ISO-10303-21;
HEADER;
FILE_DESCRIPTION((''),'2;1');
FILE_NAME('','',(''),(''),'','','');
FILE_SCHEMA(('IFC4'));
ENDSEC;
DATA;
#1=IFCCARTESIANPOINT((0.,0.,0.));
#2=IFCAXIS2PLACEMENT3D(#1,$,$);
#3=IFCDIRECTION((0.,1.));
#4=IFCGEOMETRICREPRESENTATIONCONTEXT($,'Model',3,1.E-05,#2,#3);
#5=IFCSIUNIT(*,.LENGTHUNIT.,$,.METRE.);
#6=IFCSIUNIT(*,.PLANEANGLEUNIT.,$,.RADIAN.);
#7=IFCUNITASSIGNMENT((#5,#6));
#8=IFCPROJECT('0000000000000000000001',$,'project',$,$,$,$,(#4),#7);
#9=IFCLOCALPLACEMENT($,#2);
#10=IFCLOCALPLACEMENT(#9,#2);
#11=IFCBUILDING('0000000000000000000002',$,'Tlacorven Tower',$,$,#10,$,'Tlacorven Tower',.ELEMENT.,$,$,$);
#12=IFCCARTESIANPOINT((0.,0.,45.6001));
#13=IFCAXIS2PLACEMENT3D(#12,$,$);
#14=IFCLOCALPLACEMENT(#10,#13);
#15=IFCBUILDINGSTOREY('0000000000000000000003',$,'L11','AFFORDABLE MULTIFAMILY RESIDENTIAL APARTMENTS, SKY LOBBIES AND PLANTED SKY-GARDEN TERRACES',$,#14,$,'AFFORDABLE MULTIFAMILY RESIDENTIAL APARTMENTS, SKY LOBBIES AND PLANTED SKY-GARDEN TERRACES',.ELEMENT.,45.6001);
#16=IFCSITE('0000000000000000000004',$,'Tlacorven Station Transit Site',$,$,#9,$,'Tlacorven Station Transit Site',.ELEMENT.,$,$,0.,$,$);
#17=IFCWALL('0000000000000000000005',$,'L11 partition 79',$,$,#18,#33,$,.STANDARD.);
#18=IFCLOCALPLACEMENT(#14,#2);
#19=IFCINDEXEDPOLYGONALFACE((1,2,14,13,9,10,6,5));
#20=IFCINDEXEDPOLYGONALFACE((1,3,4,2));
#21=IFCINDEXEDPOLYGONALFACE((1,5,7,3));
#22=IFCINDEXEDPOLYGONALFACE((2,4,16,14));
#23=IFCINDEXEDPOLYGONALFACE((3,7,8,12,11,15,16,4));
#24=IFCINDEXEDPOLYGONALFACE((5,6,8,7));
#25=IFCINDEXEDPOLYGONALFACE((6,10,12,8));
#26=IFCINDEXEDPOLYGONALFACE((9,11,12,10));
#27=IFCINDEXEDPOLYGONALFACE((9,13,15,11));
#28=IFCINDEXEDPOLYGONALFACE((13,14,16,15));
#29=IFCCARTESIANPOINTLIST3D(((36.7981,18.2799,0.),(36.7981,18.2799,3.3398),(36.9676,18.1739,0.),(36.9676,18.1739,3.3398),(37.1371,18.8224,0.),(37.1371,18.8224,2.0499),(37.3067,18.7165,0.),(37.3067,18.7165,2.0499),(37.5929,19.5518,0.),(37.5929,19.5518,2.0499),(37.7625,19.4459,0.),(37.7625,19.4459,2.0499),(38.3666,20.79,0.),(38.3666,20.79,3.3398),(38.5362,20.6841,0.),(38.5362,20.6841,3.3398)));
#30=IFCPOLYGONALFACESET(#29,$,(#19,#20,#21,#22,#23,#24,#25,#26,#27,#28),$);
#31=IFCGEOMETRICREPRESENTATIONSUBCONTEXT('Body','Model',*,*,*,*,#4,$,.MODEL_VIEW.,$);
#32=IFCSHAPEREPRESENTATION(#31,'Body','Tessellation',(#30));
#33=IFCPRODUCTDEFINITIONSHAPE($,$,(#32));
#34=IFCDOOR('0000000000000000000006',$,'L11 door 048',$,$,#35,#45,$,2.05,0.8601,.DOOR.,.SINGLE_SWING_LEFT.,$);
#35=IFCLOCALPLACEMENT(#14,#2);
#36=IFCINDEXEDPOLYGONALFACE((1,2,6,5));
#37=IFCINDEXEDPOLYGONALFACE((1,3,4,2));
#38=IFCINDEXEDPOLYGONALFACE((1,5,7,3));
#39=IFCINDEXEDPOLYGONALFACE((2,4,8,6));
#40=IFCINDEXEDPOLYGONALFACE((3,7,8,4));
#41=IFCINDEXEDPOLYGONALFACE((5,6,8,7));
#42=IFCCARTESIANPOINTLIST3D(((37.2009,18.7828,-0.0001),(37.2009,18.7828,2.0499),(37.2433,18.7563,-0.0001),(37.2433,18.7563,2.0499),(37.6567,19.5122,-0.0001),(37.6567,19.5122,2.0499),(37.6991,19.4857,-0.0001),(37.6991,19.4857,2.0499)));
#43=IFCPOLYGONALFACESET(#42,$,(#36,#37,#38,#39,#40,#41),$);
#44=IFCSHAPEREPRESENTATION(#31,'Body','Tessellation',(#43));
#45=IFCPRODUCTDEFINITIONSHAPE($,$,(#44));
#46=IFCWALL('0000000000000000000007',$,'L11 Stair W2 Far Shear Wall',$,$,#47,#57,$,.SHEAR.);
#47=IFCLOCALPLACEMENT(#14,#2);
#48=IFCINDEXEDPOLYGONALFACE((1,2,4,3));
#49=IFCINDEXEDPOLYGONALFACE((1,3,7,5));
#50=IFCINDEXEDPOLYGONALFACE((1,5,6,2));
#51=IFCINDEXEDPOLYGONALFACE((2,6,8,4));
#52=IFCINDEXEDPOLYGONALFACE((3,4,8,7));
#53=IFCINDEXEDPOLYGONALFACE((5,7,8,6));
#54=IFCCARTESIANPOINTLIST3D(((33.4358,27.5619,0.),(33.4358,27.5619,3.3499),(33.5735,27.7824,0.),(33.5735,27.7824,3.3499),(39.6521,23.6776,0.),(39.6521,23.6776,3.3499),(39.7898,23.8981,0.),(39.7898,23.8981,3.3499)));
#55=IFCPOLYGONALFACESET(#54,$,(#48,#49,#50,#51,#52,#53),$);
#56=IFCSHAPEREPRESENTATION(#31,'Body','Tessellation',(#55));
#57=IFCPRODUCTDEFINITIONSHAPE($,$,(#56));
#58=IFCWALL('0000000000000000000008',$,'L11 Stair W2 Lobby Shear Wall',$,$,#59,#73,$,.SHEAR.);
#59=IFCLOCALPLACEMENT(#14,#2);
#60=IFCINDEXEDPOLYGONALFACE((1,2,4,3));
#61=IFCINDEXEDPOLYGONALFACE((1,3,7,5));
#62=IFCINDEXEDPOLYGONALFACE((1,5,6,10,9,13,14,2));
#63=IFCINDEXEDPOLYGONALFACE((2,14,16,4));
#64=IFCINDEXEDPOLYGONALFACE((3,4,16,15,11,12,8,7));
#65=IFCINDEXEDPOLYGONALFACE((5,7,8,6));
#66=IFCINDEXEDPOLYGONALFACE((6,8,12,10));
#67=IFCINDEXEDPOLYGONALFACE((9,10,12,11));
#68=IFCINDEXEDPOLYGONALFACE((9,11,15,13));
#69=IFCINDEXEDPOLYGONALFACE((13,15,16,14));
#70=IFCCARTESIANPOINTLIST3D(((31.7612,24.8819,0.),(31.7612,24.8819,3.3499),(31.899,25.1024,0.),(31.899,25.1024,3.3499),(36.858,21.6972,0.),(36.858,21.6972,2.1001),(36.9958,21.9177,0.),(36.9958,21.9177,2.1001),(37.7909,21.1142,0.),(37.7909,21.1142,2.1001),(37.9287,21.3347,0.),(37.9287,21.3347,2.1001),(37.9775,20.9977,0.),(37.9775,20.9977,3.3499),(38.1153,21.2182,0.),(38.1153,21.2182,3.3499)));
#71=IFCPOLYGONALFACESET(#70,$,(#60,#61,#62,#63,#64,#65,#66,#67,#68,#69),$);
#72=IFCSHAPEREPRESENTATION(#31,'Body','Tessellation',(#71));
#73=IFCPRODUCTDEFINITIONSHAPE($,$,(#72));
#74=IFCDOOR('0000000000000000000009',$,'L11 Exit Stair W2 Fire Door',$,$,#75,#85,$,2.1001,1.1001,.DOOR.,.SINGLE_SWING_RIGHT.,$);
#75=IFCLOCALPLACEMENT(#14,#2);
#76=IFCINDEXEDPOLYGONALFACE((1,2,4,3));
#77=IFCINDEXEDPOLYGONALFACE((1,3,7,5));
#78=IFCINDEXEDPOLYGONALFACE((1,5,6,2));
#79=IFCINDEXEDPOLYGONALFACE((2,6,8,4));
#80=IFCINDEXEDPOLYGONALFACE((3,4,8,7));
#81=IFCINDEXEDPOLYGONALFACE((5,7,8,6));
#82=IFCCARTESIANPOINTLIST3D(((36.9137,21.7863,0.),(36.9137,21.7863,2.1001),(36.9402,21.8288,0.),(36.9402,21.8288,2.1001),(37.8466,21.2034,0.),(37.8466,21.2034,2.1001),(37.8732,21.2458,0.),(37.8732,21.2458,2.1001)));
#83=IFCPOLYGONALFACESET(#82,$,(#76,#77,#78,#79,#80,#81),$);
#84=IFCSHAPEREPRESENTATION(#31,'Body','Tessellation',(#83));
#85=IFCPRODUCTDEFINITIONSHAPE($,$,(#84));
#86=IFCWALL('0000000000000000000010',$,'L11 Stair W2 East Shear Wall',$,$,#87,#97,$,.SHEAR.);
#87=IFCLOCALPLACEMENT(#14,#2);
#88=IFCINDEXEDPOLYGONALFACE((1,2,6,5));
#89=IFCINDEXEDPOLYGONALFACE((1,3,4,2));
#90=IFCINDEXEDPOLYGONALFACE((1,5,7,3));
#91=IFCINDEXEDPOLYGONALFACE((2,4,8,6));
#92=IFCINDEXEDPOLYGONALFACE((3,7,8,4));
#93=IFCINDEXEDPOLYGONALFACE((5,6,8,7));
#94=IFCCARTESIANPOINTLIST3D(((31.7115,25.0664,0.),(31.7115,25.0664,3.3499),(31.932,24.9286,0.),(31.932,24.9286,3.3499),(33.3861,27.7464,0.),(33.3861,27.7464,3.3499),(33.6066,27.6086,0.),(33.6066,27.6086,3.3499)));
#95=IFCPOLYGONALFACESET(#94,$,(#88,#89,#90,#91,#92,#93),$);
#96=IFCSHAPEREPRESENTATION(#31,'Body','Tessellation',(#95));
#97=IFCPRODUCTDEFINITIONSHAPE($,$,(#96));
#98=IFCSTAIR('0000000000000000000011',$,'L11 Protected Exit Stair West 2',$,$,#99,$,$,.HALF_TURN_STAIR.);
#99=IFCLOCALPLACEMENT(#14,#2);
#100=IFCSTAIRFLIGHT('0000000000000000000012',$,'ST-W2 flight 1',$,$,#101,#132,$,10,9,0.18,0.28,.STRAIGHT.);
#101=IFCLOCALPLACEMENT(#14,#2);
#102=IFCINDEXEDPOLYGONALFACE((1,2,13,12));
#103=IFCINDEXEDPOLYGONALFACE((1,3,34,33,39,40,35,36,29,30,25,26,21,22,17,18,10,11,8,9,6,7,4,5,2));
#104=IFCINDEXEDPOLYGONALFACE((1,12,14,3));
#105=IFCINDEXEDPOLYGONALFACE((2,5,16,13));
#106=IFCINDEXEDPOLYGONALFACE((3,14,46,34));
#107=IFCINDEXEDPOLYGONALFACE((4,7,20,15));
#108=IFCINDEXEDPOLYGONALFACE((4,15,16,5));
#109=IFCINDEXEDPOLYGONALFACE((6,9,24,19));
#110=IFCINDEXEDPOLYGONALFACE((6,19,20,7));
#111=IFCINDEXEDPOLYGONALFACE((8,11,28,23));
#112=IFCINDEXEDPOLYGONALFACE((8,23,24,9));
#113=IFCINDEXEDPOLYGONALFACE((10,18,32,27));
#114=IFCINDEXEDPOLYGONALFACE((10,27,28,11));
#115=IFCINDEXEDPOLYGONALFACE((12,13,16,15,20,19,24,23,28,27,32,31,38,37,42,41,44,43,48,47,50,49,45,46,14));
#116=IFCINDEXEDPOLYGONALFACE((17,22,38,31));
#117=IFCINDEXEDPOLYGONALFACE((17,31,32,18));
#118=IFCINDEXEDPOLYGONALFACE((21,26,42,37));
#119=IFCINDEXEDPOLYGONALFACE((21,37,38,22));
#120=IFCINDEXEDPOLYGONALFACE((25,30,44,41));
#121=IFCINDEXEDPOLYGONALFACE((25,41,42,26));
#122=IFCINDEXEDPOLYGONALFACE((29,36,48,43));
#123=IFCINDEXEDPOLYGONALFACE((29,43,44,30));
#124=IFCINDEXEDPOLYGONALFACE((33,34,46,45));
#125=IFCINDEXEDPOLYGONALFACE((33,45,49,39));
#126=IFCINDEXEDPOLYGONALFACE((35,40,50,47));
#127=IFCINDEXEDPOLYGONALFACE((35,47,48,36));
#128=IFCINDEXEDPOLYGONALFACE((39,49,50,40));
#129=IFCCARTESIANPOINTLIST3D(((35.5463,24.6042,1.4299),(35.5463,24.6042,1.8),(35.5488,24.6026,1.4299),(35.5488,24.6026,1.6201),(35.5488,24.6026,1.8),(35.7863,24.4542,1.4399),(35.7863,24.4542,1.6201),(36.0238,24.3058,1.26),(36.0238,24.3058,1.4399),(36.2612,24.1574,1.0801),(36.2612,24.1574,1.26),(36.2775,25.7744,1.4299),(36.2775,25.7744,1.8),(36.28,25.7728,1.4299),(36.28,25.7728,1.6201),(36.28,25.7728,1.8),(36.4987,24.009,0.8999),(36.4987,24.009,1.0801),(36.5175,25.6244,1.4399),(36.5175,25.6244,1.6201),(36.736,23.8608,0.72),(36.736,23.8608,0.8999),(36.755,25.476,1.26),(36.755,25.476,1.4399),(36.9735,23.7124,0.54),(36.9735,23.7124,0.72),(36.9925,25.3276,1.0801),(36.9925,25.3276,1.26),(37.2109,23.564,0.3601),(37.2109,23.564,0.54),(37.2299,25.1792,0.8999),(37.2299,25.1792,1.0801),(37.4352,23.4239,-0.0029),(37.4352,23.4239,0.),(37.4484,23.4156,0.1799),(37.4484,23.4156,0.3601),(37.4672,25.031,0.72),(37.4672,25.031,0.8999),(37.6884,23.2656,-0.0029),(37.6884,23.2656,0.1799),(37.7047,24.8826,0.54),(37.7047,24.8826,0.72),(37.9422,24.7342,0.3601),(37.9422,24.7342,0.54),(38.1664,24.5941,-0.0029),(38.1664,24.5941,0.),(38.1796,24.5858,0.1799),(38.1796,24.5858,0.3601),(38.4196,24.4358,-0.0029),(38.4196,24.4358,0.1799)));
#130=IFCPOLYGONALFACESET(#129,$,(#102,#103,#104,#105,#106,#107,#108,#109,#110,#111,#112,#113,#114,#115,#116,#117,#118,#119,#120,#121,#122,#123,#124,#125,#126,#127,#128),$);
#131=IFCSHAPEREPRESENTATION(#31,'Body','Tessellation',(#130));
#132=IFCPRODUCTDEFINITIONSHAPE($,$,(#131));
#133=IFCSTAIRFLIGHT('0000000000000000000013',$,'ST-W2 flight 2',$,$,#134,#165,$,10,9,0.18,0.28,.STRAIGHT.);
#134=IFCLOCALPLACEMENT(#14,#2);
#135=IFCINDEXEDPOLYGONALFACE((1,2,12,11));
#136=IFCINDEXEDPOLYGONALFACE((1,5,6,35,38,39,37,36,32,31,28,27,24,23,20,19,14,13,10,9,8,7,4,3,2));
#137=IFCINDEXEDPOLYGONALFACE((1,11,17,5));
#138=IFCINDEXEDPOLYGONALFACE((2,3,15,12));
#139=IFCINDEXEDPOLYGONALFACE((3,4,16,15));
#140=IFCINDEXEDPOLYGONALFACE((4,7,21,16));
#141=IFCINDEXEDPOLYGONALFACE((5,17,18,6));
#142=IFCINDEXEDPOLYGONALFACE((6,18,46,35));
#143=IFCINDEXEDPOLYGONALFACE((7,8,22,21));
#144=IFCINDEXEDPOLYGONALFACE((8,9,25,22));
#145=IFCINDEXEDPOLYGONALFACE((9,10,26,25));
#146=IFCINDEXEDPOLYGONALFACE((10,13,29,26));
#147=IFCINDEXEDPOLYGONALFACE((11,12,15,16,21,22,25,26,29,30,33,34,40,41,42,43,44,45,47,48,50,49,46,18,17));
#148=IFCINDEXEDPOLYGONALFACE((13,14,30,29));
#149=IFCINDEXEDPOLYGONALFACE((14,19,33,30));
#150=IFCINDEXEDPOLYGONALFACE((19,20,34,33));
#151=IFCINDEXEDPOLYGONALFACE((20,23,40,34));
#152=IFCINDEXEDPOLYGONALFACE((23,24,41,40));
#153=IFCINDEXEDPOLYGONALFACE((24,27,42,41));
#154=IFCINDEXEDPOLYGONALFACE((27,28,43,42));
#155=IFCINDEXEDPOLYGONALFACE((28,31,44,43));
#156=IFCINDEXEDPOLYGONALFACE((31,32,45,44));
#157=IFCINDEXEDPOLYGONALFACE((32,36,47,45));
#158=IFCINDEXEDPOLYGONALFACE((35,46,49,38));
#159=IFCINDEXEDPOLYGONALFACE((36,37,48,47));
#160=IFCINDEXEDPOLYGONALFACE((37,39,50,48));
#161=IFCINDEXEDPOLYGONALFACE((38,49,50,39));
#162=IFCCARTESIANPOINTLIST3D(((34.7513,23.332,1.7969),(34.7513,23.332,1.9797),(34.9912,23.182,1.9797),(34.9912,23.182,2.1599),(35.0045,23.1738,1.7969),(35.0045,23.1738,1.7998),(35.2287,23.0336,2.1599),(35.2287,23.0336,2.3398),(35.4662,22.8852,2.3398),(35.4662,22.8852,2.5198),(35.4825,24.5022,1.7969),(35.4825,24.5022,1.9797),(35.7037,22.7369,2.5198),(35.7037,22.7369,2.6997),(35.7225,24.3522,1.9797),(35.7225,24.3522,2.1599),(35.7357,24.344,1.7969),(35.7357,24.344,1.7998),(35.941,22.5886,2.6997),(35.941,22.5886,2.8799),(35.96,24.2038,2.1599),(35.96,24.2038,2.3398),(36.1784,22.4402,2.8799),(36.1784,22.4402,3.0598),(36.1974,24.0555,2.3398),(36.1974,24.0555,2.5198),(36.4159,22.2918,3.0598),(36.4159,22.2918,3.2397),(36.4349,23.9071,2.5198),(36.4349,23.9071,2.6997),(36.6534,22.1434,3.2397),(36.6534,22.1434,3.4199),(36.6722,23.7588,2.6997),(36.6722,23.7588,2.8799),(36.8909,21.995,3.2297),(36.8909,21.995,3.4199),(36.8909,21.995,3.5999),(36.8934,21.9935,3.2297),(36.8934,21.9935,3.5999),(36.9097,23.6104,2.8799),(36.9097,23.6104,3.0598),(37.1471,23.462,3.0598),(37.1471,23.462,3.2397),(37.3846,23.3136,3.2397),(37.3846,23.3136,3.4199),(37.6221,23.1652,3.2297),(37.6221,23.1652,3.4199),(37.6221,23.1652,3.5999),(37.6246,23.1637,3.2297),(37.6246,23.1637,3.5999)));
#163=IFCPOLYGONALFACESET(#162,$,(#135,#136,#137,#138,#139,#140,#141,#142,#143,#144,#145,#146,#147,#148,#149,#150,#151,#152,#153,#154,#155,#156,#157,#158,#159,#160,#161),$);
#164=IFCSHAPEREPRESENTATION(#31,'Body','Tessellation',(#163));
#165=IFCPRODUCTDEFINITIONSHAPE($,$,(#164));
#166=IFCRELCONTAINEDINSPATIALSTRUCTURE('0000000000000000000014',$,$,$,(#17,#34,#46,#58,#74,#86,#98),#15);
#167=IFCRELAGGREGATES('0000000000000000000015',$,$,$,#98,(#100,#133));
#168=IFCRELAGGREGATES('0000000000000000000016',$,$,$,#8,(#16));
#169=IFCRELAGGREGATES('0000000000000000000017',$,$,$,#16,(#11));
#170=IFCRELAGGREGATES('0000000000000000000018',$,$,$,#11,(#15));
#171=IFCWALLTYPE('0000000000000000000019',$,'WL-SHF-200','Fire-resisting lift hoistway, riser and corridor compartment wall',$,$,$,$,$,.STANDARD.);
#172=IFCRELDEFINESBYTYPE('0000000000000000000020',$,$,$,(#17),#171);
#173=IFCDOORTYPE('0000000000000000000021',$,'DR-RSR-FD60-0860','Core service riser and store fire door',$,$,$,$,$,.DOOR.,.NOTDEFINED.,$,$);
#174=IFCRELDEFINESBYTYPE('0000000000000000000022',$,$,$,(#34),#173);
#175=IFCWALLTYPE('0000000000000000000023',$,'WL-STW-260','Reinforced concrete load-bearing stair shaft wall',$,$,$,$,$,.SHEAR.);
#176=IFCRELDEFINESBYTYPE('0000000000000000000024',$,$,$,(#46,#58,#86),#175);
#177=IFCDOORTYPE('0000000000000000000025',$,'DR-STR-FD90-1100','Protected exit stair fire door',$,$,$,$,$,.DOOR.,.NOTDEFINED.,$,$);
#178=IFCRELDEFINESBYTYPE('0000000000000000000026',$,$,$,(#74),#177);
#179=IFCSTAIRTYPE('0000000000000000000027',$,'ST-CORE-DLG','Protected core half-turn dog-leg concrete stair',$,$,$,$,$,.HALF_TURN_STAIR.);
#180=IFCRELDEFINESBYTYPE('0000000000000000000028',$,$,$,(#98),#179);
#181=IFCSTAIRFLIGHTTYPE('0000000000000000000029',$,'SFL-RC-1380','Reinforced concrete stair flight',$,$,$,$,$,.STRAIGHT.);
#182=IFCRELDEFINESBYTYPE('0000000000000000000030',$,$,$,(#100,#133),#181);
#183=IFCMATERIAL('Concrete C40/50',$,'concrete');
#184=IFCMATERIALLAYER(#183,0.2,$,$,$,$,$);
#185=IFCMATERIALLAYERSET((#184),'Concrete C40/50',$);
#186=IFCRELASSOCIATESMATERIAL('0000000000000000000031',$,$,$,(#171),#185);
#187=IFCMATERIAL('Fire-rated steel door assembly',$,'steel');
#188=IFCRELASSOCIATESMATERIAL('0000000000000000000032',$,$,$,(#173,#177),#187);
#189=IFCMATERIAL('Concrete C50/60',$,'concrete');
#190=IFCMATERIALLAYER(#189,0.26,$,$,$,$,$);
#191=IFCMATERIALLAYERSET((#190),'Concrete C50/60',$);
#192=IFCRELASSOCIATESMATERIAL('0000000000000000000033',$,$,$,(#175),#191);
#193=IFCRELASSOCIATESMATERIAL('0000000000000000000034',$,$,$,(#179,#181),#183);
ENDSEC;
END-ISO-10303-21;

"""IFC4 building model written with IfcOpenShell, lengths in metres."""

from ifc_helpers import new_model, si_unit, direction, frame, frame_2d, origin, place, context, subcontext, project, spatial, polyline, rectangle, outline, extrude, source, transform, mapped, material, layer, layer_set, type_object, element, fill, aggregate, save


model = new_model("IFC4")

# Units and contexts
model_context = context("Model", 3, precision=1e-05, world=origin(), true_north=direction((0.0, 1.0)))
body_context = subcontext(model_context, "Body", "Model", "MODEL_VIEW")
ifc_project = project(units=[si_unit("LENGTHUNIT", "METRE"), si_unit("PLANEANGLEUNIT", "RADIAN")], contexts=[model_context])

# Site, building, storey
site_placement = place(None, origin())
site = spatial("IfcSite", under=ifc_project, at=site_placement, Name="Tlacorven Station Transit Site", LongName="Tlacorven Station Transit Site", CompositionType="ELEMENT", RefElevation=0.0)
building_placement = place(site_placement, origin())
building = spatial("IfcBuilding", under=site, at=building_placement, Name="Tlacorven Tower", LongName="Tlacorven Tower", CompositionType="ELEMENT")
storey_placement = place(building_placement, frame((0.0, 0.0, 45.6001)))
storey = spatial("IfcBuildingStorey", under=building, at=storey_placement, Name="L11", Description="AFFORDABLE MULTIFAMILY RESIDENTIAL APARTMENTS, SKY LOBBIES AND PLANTED SKY-GARDEN TERRACES", LongName="AFFORDABLE MULTIFAMILY RESIDENTIAL APARTMENTS, SKY LOBBIES AND PLANTED SKY-GARDEN TERRACES", CompositionType="ELEMENT", Elevation=45.6001)

# Wall, opening, door
ifc_material_1 = material(Name="Concrete C40/50", Category="concrete")
ifc_layer_1 = layer(ifc_material_1, 0.2)
ifc_layer_set_1 = layer_set([ifc_layer_1], Name="Concrete C40/50")
wall_type_1 = type_object("IfcWallType", Name="WL-SHF-200", Description="Fire-resisting lift hoistway, riser and corridor compartment wall", PredefinedType="STANDARD", material=ifc_layer_set_1)
wall_1_placement = place(storey_placement, frame((38.4514, 20.7371, 0.0), z_axis=(0.0, 0.0, 1.0), x_axis=(-0.529925, -0.848045, 0.0)))
wall_1 = element("IfcWall", 1, at=wall_1_placement, inside=storey, type_object=wall_type_1, Name="L11 partition 79", PredefinedType="STANDARD", context=body_context, shape_type="SweptSolid", body=[
    extrude(rectangle(XDim=2.96, YDim=0.2, at=frame_2d((1.48, 0.0))), origin(), (0.0, 0.0, 1.0), 3.3398),
])
opening_1_placement = place(wall_1_placement, frame((1.46, 0.0, 0.0)))
opening_1 = element("IfcOpeningElement", 2, at=opening_1_placement, cuts=wall_1, PredefinedType="OPENING", context=body_context, shape_type="SweptSolid", body=[
    extrude(rectangle(XDim=0.8601, YDim=2.05, at=frame_2d((0.4302, 1.0249))), frame((0.0, 0.1099, 0.0), z_axis=(0.0, -1.0, 0.0), x_axis=(1.0, 0.0, 0.0)), (0.0, 0.0, 1.0), 0.22),
])
ifc_material_2 = material(Name="Fire-rated steel door assembly", Category="steel")
door_type_1 = type_object("IfcDoorType", Name="DR-RSR-FD60-0860", Description="Core service riser and store fire door", OperationType="NOTDEFINED", PredefinedType="DOOR", material=ifc_material_2)
shared_shape_1 = source(origin(), body_context, "Body", "SweptSolid", [
    extrude(rectangle(XDim=0.8601, YDim=2.05, at=frame_2d((0.4302, 1.0249))), frame((0.0, 0.0249, 0.0), z_axis=(0.0, -1.0, 0.0), x_axis=(1.0, 0.0, 0.0)), (0.0, 0.0, 1.0), 0.05),
])
door_1_placement = place(opening_1_placement, frame((0.8601, 0.0, 0.0), z_axis=(0.0, 0.0, 1.0), x_axis=(-1.0, 0.0, 0.0)))
door_1 = element("IfcDoor", 3, at=door_1_placement, inside=storey, type_object=door_type_1, Name="L11 door 048", OperationType="SINGLE_SWING_LEFT", OverallHeight=2.05, OverallWidth=0.8601, PredefinedType="DOOR", context=body_context, shape_type="MappedRepresentation", body=[
    mapped(shared_shape_1, transform((0.0, 0.0, 0.0), scale=1.0)),
])
fill(opening_1, door_1)

# Wall
ifc_material_3 = material(Name="Concrete C50/60", Category="concrete")
ifc_layer_2 = layer(ifc_material_3, 0.26)
ifc_layer_set_2 = layer_set([ifc_layer_2], Name="Concrete C50/60")
wall_type_2 = type_object("IfcWallType", Name="WL-STW-260", Description="Reinforced concrete load-bearing stair shaft wall", PredefinedType="SHEAR", material=ifc_layer_set_2)
wall_2_placement = place(storey_placement, frame((39.7209, 23.7878, 0.0), z_axis=(0.0, 0.0, 1.0), x_axis=(-0.848054, 0.529909, 0.0)))
element("IfcWall", 4, at=wall_2_placement, inside=storey, type_object=wall_type_2, Name="L11 Stair W2 Far Shear Wall", PredefinedType="SHEAR", context=body_context, shape_type="SweptSolid", body=[
    extrude(rectangle(XDim=7.3301, YDim=0.26, at=frame_2d((3.665, 0.0))), origin(), (0.0, 0.0, 1.0), 3.3499),
])

# Wall, opening, door
wall_3_placement = place(storey_placement, frame((38.0464, 21.1079, 0.0), z_axis=(0.0, 0.0, 1.0), x_axis=(-0.848054, 0.529909, 0.0)))
wall_3 = element("IfcWall", 5, at=wall_3_placement, inside=storey, type_object=wall_type_2, Name="L11 Stair W2 Lobby Shear Wall", PredefinedType="SHEAR", context=body_context, shape_type="SweptSolid", body=[
    extrude(rectangle(XDim=7.3301, YDim=0.26, at=frame_2d((3.665, 0.0))), origin(), (0.0, 0.0, 1.0), 3.3499),
])
opening_2_placement = place(wall_3_placement, frame((0.22, 0.0, 0.0)))
opening_2 = element("IfcOpeningElement", 6, at=opening_2_placement, cuts=wall_3, PredefinedType="OPENING", context=body_context, shape_type="SweptSolid", body=[
    extrude(rectangle(XDim=1.1001, YDim=2.1001, at=frame_2d((0.55, 1.05))), frame((0.0, 0.1401, 0.0), z_axis=(0.0, -1.0, 0.0), x_axis=(1.0, 0.0, 0.0)), (0.0, 0.0, 1.0), 0.28),
])
door_type_2 = type_object("IfcDoorType", Name="DR-STR-FD90-1100", Description="Protected exit stair fire door", OperationType="NOTDEFINED", PredefinedType="DOOR", material=ifc_material_2)
shared_shape_2 = source(origin(), body_context, "Body", "SweptSolid", [
    extrude(rectangle(XDim=1.1001, YDim=2.1001, at=frame_2d((0.55, 1.05))), frame((0.0, 0.0249, 0.0), z_axis=(0.0, -1.0, 0.0), x_axis=(1.0, 0.0, 0.0)), (0.0, 0.0, 1.0), 0.05),
])
door_2_placement = place(opening_2_placement, origin())
door_2 = element("IfcDoor", 7, at=door_2_placement, inside=storey, type_object=door_type_2, Name="L11 Exit Stair W2 Fire Door", OperationType="SINGLE_SWING_RIGHT", OverallHeight=2.1001, OverallWidth=1.1001, PredefinedType="DOOR", context=body_context, shape_type="MappedRepresentation", body=[
    mapped(shared_shape_2, transform((0.0, 0.0, 0.0), scale=1.0)),
])
fill(opening_2, door_2)

# Wall
wall_4_placement = place(storey_placement, frame((33.4963, 27.6775, 0.0), z_axis=(0.0, 0.0, 1.0), x_axis=(-0.529909, -0.848055, 0.0)))
element("IfcWall", 8, at=wall_4_placement, inside=storey, type_object=wall_type_2, Name="L11 Stair W2 East Shear Wall", PredefinedType="SHEAR", context=body_context, shape_type="SweptSolid", body=[
    extrude(rectangle(XDim=3.1602, YDim=0.26, at=frame_2d((1.5801, 0.0))), origin(), (0.0, 0.0, 1.0), 3.3499),
])

# Stair, stair flights
stair_type = type_object("IfcStairType", Name="ST-CORE-DLG", Description="Protected core half-turn dog-leg concrete stair", PredefinedType="HALF_TURN_STAIR", material=ifc_material_1)
stair_placement = place(storey_placement, origin())
stair = element("IfcStair", 9, at=stair_placement, inside=storey, type_object=stair_type, Name="L11 Protected Exit Stair West 2", PredefinedType="HALF_TURN_STAIR")
stair_flight_type = type_object("IfcStairFlightType", Name="SFL-RC-1380", Description="Reinforced concrete stair flight", PredefinedType="STRAIGHT", material=ifc_material_1)
shared_shape_3 = source(origin(), body_context, "Body", "SweptSolid", [
    extrude(outline(polyline([(-0.0029, -0.0029), (-0.0029, 0.1799), (0.28, 0.1799), (0.28, 0.3601), (0.5601, 0.3601), (0.5601, 0.54), (0.8401, 0.54), (0.8401, 0.72), (1.1201, 0.72), (1.1201, 0.8999), (1.3999, 0.8999), (1.3999, 1.0801), (1.6799, 1.0801), (1.6799, 1.26), (1.96, 1.26), (1.96, 1.4399), (2.24, 1.4399), (2.24, 1.6201), (2.52, 1.6201), (2.52, 1.8), (2.5229, 1.8), (2.5229, 1.4299), (2.52, 1.4299), (0.2957, 0.0), (0.2957, -0.0029), (-0.0029, -0.0029)])), frame((0.0, 0.6899, 0.0), z_axis=(0.0, -1.0, 0.0), x_axis=(1.0, 0.0, 0.0)), (0.0, 0.0, 1.0), 1.3799),
])
stair_flight_1_placement = place(storey_placement, frame((38.0515, 23.8523, 0.0), z_axis=(0.0, 0.0, 1.0), x_axis=(-0.848048, 0.529919, 0.0)))
stair_flight_1 = element("IfcStairFlight", 10, at=stair_flight_1_placement, type_object=stair_flight_type, Name="ST-W2 flight 1", NumberOfRisers=10, NumberOfTreads=9, PredefinedType="STRAIGHT", RiserHeight=0.18, TreadLength=0.28, context=body_context, shape_type="MappedRepresentation", body=[
    mapped(shared_shape_3, transform((0.0, 0.0, 0.0), scale=1.0)),
])
stair_flight_2_placement = place(storey_placement, frame((35.1194, 23.9155, 1.7998), z_axis=(0.0, 0.0, 1.0), x_axis=(0.848048, -0.529919, 0.0)))
stair_flight_2 = element("IfcStairFlight", 11, at=stair_flight_2_placement, type_object=stair_flight_type, Name="ST-W2 flight 2", NumberOfRisers=10, NumberOfTreads=9, PredefinedType="STRAIGHT", RiserHeight=0.18, TreadLength=0.28, context=body_context, shape_type="MappedRepresentation", body=[
    mapped(shared_shape_3, transform((0.0, 0.0, 0.0), scale=1.0)),
])
aggregate(stair, [stair_flight_1, stair_flight_2])

save(model, "model.ifc")
